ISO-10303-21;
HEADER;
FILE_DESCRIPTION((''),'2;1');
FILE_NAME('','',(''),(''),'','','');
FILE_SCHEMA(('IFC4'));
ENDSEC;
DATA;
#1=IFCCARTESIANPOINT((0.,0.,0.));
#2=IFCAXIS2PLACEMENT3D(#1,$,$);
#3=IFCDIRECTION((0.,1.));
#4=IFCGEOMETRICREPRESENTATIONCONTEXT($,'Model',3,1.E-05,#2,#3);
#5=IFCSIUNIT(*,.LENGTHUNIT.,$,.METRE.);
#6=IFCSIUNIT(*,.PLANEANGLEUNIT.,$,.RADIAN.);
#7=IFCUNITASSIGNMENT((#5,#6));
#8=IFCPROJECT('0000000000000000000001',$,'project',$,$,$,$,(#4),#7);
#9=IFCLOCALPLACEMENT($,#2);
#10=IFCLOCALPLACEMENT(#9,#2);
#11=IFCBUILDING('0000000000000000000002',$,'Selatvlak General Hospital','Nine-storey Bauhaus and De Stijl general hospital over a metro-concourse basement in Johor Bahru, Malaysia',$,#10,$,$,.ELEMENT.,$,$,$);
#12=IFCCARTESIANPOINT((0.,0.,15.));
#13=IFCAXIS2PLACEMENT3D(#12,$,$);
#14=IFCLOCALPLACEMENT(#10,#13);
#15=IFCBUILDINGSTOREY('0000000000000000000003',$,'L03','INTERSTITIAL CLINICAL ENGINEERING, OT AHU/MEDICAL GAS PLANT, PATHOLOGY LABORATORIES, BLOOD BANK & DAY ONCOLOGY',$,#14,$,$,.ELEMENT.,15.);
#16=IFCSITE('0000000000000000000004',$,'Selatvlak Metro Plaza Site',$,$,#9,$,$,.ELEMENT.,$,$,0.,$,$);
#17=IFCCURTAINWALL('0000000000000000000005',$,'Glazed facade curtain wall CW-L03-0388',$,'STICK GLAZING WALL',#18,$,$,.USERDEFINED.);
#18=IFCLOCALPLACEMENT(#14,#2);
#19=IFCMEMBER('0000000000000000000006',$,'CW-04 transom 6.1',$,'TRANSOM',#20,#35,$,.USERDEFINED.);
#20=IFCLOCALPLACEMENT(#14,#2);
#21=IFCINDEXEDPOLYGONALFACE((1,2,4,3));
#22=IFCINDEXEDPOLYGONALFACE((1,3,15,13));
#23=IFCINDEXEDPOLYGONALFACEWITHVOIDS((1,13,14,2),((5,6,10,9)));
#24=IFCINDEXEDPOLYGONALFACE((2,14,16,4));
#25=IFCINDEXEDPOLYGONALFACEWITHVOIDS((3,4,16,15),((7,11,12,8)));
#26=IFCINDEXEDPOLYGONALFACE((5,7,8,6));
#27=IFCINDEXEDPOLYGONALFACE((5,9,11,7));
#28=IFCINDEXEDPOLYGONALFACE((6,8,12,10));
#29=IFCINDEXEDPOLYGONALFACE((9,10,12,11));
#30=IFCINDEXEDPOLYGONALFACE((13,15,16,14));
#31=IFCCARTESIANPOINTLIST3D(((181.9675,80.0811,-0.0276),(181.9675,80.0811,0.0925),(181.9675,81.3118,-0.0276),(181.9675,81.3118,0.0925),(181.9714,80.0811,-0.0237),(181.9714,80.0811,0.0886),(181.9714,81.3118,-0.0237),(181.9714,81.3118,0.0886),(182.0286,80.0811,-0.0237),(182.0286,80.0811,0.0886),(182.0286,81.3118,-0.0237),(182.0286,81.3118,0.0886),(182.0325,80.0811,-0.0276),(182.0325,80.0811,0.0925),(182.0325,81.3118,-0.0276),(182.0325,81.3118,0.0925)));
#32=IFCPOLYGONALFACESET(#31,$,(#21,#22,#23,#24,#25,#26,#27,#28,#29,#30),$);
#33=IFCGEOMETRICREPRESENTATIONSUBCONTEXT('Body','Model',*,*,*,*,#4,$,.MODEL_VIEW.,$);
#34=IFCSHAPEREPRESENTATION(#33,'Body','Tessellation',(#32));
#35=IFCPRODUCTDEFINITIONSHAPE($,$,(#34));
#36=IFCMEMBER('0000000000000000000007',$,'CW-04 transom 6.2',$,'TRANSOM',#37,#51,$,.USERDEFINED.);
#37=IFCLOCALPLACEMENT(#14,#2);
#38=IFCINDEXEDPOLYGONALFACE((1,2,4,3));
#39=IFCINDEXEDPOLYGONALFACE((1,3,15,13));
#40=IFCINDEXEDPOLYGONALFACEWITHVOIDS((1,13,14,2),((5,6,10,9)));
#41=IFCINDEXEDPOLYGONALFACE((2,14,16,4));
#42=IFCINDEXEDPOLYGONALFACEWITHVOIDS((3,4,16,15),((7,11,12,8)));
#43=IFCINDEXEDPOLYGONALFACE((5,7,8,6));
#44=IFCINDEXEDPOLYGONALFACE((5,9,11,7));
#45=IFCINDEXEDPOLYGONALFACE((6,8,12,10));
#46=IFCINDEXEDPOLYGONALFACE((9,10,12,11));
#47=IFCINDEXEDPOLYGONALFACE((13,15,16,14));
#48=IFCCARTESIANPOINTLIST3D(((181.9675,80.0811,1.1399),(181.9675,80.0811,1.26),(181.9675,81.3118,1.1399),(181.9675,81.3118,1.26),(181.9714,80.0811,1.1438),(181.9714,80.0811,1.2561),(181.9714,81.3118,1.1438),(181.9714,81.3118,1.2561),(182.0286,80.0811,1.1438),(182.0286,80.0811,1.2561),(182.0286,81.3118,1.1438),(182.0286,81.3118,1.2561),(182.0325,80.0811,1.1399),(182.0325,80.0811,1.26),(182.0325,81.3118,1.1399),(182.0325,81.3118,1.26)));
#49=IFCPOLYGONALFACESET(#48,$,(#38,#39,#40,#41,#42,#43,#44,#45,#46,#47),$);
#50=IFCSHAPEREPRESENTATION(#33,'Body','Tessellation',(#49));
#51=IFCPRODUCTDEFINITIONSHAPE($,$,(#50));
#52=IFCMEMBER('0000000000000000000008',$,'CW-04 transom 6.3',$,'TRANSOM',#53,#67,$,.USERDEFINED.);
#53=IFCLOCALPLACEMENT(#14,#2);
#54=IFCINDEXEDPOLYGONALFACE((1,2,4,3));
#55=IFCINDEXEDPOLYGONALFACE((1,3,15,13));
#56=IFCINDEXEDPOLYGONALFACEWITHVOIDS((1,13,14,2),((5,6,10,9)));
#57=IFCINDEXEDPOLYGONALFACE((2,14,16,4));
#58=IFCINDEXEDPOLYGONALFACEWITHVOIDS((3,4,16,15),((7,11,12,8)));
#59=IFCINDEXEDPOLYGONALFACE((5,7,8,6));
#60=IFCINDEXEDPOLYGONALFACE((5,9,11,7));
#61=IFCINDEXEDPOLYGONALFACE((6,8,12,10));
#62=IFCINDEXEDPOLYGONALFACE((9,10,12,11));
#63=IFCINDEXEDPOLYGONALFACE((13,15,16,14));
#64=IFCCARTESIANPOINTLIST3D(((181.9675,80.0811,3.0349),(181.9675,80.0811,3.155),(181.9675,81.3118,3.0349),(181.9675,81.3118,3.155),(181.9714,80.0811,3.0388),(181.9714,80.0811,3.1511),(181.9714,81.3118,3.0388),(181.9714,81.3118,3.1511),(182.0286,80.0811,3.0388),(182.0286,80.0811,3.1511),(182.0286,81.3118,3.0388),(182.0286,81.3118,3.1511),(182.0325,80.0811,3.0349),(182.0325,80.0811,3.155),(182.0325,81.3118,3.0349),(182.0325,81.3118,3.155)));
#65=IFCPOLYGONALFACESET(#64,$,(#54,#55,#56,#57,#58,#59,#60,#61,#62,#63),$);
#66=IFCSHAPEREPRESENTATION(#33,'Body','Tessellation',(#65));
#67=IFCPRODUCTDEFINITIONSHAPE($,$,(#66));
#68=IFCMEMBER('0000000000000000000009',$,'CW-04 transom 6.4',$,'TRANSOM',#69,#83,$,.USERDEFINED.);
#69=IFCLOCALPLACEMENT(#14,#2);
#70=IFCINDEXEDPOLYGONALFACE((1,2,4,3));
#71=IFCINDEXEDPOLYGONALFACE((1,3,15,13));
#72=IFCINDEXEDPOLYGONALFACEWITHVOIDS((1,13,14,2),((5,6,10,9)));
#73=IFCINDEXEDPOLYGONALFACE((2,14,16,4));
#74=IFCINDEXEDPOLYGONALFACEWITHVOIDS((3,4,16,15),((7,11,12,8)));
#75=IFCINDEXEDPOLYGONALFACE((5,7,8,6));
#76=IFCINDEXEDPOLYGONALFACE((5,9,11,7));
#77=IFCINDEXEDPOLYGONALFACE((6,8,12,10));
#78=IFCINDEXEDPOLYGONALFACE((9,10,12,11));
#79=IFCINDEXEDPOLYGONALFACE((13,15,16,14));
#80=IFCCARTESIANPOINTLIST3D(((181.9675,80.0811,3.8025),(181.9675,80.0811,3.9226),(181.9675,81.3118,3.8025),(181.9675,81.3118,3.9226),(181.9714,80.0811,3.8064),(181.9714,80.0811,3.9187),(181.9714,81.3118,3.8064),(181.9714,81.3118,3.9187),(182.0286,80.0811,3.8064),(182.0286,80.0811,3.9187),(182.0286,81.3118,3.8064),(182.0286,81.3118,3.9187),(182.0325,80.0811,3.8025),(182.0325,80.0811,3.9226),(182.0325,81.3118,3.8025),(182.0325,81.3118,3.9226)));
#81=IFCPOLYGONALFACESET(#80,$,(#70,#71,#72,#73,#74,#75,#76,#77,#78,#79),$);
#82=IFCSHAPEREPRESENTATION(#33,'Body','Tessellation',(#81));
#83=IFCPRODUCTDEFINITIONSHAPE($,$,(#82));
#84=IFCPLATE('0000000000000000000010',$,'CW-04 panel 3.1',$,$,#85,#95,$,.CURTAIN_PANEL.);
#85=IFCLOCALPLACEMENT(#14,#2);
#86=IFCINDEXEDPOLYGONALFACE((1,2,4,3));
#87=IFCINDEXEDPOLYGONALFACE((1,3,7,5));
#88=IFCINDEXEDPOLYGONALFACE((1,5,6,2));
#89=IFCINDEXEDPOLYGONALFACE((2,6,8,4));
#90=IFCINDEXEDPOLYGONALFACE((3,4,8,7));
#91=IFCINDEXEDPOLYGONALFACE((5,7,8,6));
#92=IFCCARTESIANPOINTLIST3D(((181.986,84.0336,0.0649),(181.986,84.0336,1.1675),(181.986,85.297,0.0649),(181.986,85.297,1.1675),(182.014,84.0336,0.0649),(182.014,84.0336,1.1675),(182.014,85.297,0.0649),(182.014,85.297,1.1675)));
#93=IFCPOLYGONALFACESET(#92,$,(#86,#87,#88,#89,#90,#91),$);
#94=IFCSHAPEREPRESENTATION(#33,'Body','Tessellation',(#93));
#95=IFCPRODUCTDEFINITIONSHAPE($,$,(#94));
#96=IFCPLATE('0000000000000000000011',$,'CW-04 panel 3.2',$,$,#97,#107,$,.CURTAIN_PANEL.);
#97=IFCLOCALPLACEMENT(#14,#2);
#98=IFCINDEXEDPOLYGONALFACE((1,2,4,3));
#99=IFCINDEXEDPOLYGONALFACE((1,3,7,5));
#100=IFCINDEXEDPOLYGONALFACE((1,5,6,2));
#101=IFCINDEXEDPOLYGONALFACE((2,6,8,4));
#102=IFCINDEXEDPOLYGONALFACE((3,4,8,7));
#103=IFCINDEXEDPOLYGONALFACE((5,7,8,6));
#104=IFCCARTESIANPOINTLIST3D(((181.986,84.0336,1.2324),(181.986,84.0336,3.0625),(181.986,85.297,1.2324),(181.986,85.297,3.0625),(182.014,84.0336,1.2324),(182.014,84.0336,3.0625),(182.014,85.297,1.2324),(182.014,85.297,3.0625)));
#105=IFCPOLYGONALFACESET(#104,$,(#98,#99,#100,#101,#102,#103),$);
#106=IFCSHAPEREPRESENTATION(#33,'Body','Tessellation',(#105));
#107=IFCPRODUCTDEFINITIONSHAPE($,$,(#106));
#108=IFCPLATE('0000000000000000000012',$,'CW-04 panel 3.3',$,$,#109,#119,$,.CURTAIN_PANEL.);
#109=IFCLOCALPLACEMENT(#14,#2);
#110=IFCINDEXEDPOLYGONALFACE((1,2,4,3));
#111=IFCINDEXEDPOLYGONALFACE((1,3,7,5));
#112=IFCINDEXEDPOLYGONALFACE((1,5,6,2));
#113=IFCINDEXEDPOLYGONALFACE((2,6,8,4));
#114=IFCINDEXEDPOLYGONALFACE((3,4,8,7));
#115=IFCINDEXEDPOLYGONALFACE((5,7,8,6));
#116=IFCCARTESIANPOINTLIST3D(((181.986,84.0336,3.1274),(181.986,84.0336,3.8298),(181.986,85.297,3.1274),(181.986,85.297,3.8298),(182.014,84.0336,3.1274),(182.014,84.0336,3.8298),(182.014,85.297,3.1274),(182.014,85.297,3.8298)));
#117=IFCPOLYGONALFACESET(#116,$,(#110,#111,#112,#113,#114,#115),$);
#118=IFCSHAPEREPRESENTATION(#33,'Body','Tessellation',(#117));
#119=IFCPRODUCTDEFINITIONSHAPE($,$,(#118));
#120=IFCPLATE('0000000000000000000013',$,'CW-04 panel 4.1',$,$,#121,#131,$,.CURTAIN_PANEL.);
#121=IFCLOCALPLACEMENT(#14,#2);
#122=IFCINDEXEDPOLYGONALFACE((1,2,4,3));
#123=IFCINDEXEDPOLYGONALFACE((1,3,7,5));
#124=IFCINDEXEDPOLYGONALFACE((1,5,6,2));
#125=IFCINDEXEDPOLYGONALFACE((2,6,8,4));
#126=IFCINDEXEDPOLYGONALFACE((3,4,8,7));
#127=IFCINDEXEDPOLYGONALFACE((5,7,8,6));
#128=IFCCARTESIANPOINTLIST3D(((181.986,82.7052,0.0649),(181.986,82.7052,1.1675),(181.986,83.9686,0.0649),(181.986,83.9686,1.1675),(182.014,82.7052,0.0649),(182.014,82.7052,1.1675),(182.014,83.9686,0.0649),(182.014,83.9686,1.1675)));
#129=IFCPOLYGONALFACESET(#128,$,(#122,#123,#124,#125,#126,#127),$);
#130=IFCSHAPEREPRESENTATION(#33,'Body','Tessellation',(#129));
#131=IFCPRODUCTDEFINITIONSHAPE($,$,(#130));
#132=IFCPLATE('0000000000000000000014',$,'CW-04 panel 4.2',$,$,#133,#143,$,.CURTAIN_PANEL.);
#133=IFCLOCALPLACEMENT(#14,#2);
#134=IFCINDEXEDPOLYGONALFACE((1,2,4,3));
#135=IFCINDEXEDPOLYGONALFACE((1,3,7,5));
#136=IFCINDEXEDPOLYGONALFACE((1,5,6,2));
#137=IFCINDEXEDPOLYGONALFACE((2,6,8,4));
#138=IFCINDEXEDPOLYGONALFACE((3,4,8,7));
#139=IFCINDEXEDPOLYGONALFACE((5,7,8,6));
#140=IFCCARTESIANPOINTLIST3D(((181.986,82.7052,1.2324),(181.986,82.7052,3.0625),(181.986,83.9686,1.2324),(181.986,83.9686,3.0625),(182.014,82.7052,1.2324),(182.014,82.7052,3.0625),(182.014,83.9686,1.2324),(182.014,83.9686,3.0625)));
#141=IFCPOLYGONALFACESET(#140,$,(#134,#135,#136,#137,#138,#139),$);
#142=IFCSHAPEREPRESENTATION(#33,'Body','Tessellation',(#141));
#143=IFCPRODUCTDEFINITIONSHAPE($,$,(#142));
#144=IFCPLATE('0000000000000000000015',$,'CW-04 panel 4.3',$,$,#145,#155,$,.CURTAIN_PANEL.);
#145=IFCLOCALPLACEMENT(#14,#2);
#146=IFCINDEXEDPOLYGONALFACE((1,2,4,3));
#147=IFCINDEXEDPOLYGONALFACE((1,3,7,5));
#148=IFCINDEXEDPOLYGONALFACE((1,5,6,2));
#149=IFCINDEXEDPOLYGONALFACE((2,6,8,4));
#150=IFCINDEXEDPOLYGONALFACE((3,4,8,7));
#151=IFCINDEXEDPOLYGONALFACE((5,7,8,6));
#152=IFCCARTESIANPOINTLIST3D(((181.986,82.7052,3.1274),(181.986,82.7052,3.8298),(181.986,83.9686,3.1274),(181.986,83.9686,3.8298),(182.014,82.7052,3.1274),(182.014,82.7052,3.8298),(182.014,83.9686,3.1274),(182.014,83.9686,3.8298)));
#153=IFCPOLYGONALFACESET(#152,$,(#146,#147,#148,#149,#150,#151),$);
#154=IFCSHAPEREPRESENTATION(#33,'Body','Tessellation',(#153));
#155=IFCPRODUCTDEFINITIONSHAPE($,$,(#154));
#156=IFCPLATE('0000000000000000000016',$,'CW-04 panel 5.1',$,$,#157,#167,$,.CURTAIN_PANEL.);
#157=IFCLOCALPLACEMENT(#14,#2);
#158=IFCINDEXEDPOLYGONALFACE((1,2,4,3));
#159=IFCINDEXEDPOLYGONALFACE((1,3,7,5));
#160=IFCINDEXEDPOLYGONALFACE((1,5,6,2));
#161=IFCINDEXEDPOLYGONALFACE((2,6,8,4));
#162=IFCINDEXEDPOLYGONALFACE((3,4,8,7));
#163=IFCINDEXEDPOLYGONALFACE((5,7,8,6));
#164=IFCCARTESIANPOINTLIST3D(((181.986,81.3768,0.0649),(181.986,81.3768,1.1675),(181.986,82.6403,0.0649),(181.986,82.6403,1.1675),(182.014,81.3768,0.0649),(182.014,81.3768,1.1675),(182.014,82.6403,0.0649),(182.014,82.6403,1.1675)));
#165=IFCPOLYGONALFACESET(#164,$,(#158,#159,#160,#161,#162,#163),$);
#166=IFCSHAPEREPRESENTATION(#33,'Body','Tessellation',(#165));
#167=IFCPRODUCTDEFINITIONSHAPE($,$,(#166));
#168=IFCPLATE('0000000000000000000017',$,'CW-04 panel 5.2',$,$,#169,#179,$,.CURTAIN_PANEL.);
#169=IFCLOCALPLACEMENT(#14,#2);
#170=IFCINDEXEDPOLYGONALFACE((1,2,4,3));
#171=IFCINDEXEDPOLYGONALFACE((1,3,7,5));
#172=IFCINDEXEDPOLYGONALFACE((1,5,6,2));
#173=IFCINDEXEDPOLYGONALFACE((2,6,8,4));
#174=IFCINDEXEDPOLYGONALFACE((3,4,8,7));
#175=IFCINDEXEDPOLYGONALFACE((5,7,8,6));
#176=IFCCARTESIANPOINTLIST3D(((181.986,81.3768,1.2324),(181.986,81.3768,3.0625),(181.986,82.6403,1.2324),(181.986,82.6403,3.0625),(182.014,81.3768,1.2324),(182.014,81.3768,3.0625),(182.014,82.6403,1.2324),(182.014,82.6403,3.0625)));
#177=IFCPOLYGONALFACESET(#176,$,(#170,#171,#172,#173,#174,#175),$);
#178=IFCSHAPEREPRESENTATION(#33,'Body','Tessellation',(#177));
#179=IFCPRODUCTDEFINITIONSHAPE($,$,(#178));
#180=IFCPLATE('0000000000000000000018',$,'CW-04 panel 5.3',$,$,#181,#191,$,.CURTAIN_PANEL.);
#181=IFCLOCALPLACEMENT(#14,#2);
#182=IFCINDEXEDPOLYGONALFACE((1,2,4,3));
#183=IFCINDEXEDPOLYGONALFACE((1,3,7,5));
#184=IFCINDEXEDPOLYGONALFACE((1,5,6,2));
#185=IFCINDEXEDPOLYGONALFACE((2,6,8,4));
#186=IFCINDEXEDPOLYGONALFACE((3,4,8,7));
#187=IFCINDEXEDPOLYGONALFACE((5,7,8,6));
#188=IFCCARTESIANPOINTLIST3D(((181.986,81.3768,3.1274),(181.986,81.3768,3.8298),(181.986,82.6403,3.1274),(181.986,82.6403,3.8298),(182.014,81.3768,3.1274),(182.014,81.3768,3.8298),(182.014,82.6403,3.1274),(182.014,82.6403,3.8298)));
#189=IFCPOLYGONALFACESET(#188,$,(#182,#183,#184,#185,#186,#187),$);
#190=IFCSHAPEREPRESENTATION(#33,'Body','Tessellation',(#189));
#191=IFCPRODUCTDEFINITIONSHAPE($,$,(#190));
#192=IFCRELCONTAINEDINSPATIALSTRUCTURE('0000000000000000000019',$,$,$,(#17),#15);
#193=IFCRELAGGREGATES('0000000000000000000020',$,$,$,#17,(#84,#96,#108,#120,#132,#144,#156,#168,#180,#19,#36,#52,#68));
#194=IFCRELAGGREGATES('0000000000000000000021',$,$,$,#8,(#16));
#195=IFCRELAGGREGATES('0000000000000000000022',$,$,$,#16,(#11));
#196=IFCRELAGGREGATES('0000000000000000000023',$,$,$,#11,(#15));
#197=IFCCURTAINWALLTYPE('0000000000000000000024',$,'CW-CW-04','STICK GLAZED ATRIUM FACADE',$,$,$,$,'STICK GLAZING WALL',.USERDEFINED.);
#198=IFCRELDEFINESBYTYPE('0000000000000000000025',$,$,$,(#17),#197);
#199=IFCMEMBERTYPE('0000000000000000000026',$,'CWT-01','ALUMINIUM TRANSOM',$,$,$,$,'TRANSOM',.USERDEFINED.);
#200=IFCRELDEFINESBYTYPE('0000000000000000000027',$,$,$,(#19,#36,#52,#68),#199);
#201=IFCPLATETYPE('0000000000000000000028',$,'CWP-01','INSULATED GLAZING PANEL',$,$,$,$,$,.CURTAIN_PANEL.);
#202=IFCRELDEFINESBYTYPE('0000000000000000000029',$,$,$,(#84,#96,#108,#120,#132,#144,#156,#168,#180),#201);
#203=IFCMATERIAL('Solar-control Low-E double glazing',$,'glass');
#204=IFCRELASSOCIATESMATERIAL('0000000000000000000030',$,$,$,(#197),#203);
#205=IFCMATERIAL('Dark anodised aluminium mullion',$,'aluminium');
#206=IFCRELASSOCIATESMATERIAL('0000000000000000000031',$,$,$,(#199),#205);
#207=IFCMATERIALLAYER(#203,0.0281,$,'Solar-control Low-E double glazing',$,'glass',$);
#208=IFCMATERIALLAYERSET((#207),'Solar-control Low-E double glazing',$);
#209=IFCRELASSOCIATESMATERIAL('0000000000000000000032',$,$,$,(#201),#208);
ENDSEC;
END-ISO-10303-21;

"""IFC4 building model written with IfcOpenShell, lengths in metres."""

from ifc_helpers import new_model, si_unit, direction, frame, origin, origin_2d, place, context, subcontext, project, spatial, rectangle, hollow_rectangle, extrude, material, layer, layer_set, material_profile, profile_set, type_object, element, aggregate, save


model = new_model("IFC4")

# Units and contexts
model_context = context("Model", 3, precision=1e-05, world=origin(), true_north=direction((0.0, 1.0)))
body_context = subcontext(model_context, "Body", "Model", "MODEL_VIEW")
ifc_project = project(units=[si_unit("LENGTHUNIT", "METRE"), si_unit("PLANEANGLEUNIT", "RADIAN")], contexts=[model_context])

# Site, building, storey
site_placement = place(None, origin())
site = spatial("IfcSite", under=ifc_project, at=site_placement, Name="Selatvlak Metro Plaza Site", CompositionType="ELEMENT", RefElevation=0.0)
building_placement = place(site_placement, origin())
building = spatial("IfcBuilding", under=site, at=building_placement, Name="Selatvlak General Hospital", Description="Nine-storey Bauhaus and De Stijl general hospital over a metro-concourse basement in Johor Bahru, Malaysia", CompositionType="ELEMENT")
storey_placement = place(building_placement, frame((0.0, 0.0, 15.0)))
storey = spatial("IfcBuildingStorey", under=building, at=storey_placement, Name="L03", Description="INTERSTITIAL CLINICAL ENGINEERING, OT AHU/MEDICAL GAS PLANT, PATHOLOGY LABORATORIES, BLOOD BANK & DAY ONCOLOGY", CompositionType="ELEMENT", Elevation=15.0)

# Curtain wall, members, plates
ifc_material_1 = material(Name="Solar-control Low-E double glazing", Category="glass")
curtain_wall_type = type_object("IfcCurtainWallType", Name="CW-CW-04", Description="STICK GLAZED ATRIUM FACADE", ElementType="STICK GLAZING WALL", PredefinedType="USERDEFINED", material=ifc_material_1)
curtain_wall_placement = place(storey_placement, origin())
curtain_wall = element("IfcCurtainWall", 1, at=curtain_wall_placement, inside=storey, type_object=curtain_wall_type, Name="Glazed facade curtain wall CW-L03-0388", ObjectType="STICK GLAZING WALL", PredefinedType="USERDEFINED")
ifc_material_2 = material(Name="Dark anodised aluminium mullion", Category="aluminium")
ifc_material_profile_1 = material_profile(ifc_material_2, hollow_rectangle(XDim=0.0649, YDim=0.1201, WallThickness=0.0039, at=origin_2d()), Name="AL-TRN 65x120x4")
ifc_profile_set_1 = profile_set([ifc_material_profile_1], Name="Dark anodised aluminium mullion")
member_type_1 = type_object("IfcMemberType", Name="CWT-01", Description="ALUMINIUM TRANSOM", ElementType="TRANSOM", PredefinedType="USERDEFINED", material=ifc_profile_set_1)
member_1_placement = place(storey_placement, frame((182.0, 81.3118, 0.0325), z_axis=(0.0, -1.0, 0.0), x_axis=(1.0, 0.0, 0.0)))
member_1 = element("IfcMember", 2, at=member_1_placement, type_object=member_type_1, Name="CW-04 transom 6.1", ObjectType="TRANSOM", PredefinedType="USERDEFINED", context=body_context, shape_type="SweptSolid", body=[
    extrude(hollow_rectangle(XDim=0.0649, YDim=0.1201, WallThickness=0.0039, at=origin_2d()), origin(), (0.0, 0.0, 1.0), 1.2307),
])
member_2_placement = place(storey_placement, frame((182.0, 81.3118, 1.2), z_axis=(0.0, -1.0, 0.0), x_axis=(1.0, 0.0, 0.0)))
member_2 = element("IfcMember", 3, at=member_2_placement, type_object=member_type_1, Name="CW-04 transom 6.2", ObjectType="TRANSOM", PredefinedType="USERDEFINED", context=body_context, shape_type="SweptSolid", body=[
    extrude(hollow_rectangle(XDim=0.0649, YDim=0.1201, WallThickness=0.0039, at=origin_2d()), origin(), (0.0, 0.0, 1.0), 1.2307),
])
member_3_placement = place(storey_placement, frame((182.0, 81.3118, 3.095), z_axis=(0.0, -1.0, 0.0), x_axis=(1.0, 0.0, 0.0)))
member_3 = element("IfcMember", 4, at=member_3_placement, type_object=member_type_1, Name="CW-04 transom 6.3", ObjectType="TRANSOM", PredefinedType="USERDEFINED", context=body_context, shape_type="SweptSolid", body=[
    extrude(hollow_rectangle(XDim=0.0649, YDim=0.1201, WallThickness=0.0039, at=origin_2d()), origin(), (0.0, 0.0, 1.0), 1.2307),
])
member_4_placement = place(storey_placement, frame((182.0, 81.3118, 3.8625), z_axis=(0.0, -1.0, 0.0), x_axis=(1.0, 0.0, 0.0)))
member_4 = element("IfcMember", 5, at=member_4_placement, type_object=member_type_1, Name="CW-04 transom 6.4", ObjectType="TRANSOM", PredefinedType="USERDEFINED", context=body_context, shape_type="SweptSolid", body=[
    extrude(hollow_rectangle(XDim=0.0649, YDim=0.1201, WallThickness=0.0039, at=origin_2d()), origin(), (0.0, 0.0, 1.0), 1.2307),
])
ifc_layer_1 = layer(ifc_material_1, 0.0281, Name="Solar-control Low-E double glazing", Category="glass")
ifc_layer_set_1 = layer_set([ifc_layer_1], Name="Solar-control Low-E double glazing")
plate_type = type_object("IfcPlateType", Name="CWP-01", Description="INSULATED GLAZING PANEL", PredefinedType="CURTAIN_PANEL", material=ifc_layer_set_1)
plate_1_placement = place(storey_placement, frame((182.0, 84.6653, 0.0649), z_axis=(0.0, 0.0, 1.0), x_axis=(0.0, -1.0, 0.0)))
plate_1 = element("IfcPlate", 6, at=plate_1_placement, type_object=plate_type, Name="CW-04 panel 3.1", PredefinedType="CURTAIN_PANEL", context=body_context, shape_type="SweptSolid", body=[
    extrude(rectangle(XDim=1.2634, YDim=0.0281, at=origin_2d()), origin(), (0.0, 0.0, 1.0), 1.1025),
])
plate_2_placement = place(storey_placement, frame((182.0, 84.6653, 1.2324), z_axis=(0.0, 0.0, 1.0), x_axis=(0.0, -1.0, 0.0)))
plate_2 = element("IfcPlate", 7, at=plate_2_placement, type_object=plate_type, Name="CW-04 panel 3.2", PredefinedType="CURTAIN_PANEL", context=body_context, shape_type="SweptSolid", body=[
    extrude(rectangle(XDim=1.2634, YDim=0.0281, at=origin_2d()), origin(), (0.0, 0.0, 1.0), 1.8301),
])
plate_3_placement = place(storey_placement, frame((182.0, 84.6653, 3.1274), z_axis=(0.0, 0.0, 1.0), x_axis=(0.0, -1.0, 0.0)))
plate_3 = element("IfcPlate", 8, at=plate_3_placement, type_object=plate_type, Name="CW-04 panel 3.3", PredefinedType="CURTAIN_PANEL", context=body_context, shape_type="SweptSolid", body=[
    extrude(rectangle(XDim=1.2634, YDim=0.0281, at=origin_2d()), origin(), (0.0, 0.0, 1.0), 0.7024),
])
plate_4_placement = place(storey_placement, frame((182.0, 83.3369, 0.0649), z_axis=(0.0, 0.0, 1.0), x_axis=(0.0, -1.0, 0.0)))
plate_4 = element("IfcPlate", 9, at=plate_4_placement, type_object=plate_type, Name="CW-04 panel 4.1", PredefinedType="CURTAIN_PANEL", context=body_context, shape_type="SweptSolid", body=[
    extrude(rectangle(XDim=1.2634, YDim=0.0281, at=origin_2d()), origin(), (0.0, 0.0, 1.0), 1.1025),
])
plate_5_placement = place(storey_placement, frame((182.0, 83.3369, 1.2324), z_axis=(0.0, 0.0, 1.0), x_axis=(0.0, -1.0, 0.0)))
plate_5 = element("IfcPlate", 10, at=plate_5_placement, type_object=plate_type, Name="CW-04 panel 4.2", PredefinedType="CURTAIN_PANEL", context=body_context, shape_type="SweptSolid", body=[
    extrude(rectangle(XDim=1.2634, YDim=0.0281, at=origin_2d()), origin(), (0.0, 0.0, 1.0), 1.8301),
])
plate_6_placement = place(storey_placement, frame((182.0, 83.3369, 3.1274), z_axis=(0.0, 0.0, 1.0), x_axis=(0.0, -1.0, 0.0)))
plate_6 = element("IfcPlate", 11, at=plate_6_placement, type_object=plate_type, Name="CW-04 panel 4.3", PredefinedType="CURTAIN_PANEL", context=body_context, shape_type="SweptSolid", body=[
    extrude(rectangle(XDim=1.2634, YDim=0.0281, at=origin_2d()), origin(), (0.0, 0.0, 1.0), 0.7024),
])
plate_7_placement = place(storey_placement, frame((182.0, 82.0085, 0.0649), z_axis=(0.0, 0.0, 1.0), x_axis=(0.0, -1.0, 0.0)))
plate_7 = element("IfcPlate", 12, at=plate_7_placement, type_object=plate_type, Name="CW-04 panel 5.1", PredefinedType="CURTAIN_PANEL", context=body_context, shape_type="SweptSolid", body=[
    extrude(rectangle(XDim=1.2634, YDim=0.0281, at=origin_2d()), origin(), (0.0, 0.0, 1.0), 1.1025),
])
plate_8_placement = place(storey_placement, frame((182.0, 82.0085, 1.2324), z_axis=(0.0, 0.0, 1.0), x_axis=(0.0, -1.0, 0.0)))
plate_8 = element("IfcPlate", 13, at=plate_8_placement, type_object=plate_type, Name="CW-04 panel 5.2", PredefinedType="CURTAIN_PANEL", context=body_context, shape_type="SweptSolid", body=[
    extrude(rectangle(XDim=1.2634, YDim=0.0281, at=origin_2d()), origin(), (0.0, 0.0, 1.0), 1.8301),
])
plate_9_placement = place(storey_placement, frame((182.0, 82.0085, 3.1274), z_axis=(0.0, 0.0, 1.0), x_axis=(0.0, -1.0, 0.0)))
plate_9 = element("IfcPlate", 14, at=plate_9_placement, type_object=plate_type, Name="CW-04 panel 5.3", PredefinedType="CURTAIN_PANEL", context=body_context, shape_type="SweptSolid", body=[
    extrude(rectangle(XDim=1.2634, YDim=0.0281, at=origin_2d()), origin(), (0.0, 0.0, 1.0), 0.7024),
])
aggregate(curtain_wall, [plate_1, plate_2, plate_3, plate_4, plate_5, plate_6, plate_7, plate_8, plate_9, member_1, member_2, member_3, member_4])

save(model, "model.ifc")
